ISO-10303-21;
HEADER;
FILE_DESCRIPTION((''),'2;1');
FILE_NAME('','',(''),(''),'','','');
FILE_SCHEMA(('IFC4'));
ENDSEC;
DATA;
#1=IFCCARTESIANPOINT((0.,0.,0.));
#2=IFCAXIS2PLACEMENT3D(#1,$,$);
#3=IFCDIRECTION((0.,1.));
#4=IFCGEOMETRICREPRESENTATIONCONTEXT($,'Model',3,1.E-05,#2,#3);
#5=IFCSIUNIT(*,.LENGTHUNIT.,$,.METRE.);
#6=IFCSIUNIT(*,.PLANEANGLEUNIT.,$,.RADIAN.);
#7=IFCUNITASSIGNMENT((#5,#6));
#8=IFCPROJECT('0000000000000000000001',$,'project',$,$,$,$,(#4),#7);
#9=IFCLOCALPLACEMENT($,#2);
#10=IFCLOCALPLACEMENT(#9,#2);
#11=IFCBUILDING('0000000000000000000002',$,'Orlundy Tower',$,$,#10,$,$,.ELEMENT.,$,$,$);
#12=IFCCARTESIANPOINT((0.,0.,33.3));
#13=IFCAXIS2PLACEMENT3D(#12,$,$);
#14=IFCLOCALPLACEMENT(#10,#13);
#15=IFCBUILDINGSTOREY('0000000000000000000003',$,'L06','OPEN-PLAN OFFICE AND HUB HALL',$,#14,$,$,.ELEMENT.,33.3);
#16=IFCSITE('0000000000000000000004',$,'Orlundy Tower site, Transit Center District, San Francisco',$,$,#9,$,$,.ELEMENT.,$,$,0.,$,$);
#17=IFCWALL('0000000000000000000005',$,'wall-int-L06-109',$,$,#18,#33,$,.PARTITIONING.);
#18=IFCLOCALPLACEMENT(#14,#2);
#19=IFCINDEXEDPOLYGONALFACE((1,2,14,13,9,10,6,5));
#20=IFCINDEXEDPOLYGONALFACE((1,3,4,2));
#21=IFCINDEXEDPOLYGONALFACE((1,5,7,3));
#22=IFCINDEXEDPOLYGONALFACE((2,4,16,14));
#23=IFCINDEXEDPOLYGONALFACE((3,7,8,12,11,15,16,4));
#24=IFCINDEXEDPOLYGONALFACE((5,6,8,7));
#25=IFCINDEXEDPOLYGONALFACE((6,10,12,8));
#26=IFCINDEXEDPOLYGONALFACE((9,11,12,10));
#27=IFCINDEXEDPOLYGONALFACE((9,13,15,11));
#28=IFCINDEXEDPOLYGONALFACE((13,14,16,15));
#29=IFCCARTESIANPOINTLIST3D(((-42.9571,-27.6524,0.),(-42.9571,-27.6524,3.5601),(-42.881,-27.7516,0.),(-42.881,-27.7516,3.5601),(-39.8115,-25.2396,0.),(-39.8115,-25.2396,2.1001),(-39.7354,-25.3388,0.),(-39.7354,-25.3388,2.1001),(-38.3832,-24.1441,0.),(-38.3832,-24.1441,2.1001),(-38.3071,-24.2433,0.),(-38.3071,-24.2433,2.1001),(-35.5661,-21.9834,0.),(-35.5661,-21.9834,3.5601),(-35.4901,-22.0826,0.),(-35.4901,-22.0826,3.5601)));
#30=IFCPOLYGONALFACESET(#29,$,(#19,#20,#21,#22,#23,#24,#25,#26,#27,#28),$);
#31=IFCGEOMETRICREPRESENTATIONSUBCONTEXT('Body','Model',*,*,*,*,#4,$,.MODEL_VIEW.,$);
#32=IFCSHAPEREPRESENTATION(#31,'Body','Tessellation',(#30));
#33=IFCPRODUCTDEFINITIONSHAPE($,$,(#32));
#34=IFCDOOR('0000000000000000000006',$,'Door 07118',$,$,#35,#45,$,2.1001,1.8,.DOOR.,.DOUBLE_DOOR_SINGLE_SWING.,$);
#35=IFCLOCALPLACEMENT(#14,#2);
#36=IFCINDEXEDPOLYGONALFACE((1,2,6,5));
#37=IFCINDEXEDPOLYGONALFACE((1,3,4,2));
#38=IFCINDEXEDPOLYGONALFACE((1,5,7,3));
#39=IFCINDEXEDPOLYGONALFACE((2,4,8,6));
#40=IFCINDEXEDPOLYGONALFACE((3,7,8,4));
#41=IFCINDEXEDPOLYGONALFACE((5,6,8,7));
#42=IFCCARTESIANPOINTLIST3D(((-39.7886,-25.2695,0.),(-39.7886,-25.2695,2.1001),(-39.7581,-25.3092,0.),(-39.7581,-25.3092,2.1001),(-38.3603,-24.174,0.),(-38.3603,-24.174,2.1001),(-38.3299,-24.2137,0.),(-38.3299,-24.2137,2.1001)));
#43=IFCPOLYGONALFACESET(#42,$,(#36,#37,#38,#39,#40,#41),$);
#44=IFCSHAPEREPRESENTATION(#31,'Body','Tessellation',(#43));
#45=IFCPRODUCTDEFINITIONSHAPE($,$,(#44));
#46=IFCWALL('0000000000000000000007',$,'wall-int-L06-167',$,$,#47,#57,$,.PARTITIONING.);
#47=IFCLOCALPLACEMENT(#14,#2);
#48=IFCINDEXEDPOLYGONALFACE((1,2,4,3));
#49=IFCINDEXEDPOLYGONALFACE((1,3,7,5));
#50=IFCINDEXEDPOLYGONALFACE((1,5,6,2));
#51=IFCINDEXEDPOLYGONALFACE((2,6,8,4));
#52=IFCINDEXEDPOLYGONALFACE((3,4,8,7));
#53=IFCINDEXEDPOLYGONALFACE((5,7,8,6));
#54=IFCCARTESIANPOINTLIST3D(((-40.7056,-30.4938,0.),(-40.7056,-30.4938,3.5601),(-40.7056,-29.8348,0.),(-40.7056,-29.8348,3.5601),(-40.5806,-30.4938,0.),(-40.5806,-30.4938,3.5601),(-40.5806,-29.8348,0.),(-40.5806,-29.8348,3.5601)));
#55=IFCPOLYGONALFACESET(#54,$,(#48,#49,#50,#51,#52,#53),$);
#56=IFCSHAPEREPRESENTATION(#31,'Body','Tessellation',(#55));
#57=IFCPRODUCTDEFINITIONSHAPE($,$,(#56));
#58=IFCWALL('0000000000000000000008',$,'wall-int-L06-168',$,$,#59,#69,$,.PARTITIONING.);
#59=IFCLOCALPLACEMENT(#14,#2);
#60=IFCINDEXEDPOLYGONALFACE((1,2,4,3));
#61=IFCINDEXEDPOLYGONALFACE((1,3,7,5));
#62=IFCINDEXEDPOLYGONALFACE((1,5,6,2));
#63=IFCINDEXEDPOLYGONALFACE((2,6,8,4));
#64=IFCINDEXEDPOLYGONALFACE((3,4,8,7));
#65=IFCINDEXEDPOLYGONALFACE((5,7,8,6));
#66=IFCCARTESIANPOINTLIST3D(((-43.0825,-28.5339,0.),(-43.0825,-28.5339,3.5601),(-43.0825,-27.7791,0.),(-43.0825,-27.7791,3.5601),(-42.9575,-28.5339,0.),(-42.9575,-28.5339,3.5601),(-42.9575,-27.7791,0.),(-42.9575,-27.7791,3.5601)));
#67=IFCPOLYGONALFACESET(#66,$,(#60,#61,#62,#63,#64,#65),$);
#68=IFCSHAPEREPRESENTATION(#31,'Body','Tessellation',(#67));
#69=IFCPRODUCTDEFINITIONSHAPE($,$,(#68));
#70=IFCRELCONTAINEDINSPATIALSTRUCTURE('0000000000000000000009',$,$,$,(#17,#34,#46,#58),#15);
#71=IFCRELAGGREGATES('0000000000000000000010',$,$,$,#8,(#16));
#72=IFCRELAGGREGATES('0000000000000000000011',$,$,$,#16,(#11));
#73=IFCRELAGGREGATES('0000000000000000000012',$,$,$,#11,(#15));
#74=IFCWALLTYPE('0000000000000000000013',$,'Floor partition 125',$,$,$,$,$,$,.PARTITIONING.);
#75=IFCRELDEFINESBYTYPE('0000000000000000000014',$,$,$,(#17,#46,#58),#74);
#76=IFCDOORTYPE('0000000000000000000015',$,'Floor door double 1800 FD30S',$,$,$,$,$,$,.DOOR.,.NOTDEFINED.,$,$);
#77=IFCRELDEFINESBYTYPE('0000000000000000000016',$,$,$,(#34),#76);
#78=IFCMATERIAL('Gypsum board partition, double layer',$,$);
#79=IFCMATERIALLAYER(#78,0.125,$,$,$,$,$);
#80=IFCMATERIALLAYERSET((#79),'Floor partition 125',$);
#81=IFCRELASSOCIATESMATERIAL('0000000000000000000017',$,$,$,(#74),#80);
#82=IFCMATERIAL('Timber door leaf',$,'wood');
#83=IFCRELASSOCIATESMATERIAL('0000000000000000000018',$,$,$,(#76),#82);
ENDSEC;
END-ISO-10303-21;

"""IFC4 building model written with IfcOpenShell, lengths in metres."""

from ifc_helpers import new_model, si_unit, direction, frame, frame_2d, origin, place, context, subcontext, project, spatial, rectangle, extrude, material, layer, layer_set, type_object, element, fill, save


model = new_model("IFC4")

# Units and contexts
model_context = context("Model", 3, precision=1e-05, world=origin(), true_north=direction((0.0, 1.0)))
body_context = subcontext(model_context, "Body", "Model", "MODEL_VIEW")
ifc_project = project(units=[si_unit("LENGTHUNIT", "METRE"), si_unit("PLANEANGLEUNIT", "RADIAN")], contexts=[model_context])

# Site, building, storey
site_placement = place(None, origin())
site = spatial("IfcSite", under=ifc_project, at=site_placement, Name="Orlundy Tower site, Transit Center District, San Francisco", CompositionType="ELEMENT", RefElevation=0.0)
building_placement = place(site_placement, origin())
building = spatial("IfcBuilding", under=site, at=building_placement, Name="Orlundy Tower", CompositionType="ELEMENT")
storey_placement = place(building_placement, frame((0.0, 0.0, 33.3)))
storey = spatial("IfcBuildingStorey", under=building, at=storey_placement, Name="L06", Description="OPEN-PLAN OFFICE AND HUB HALL", CompositionType="ELEMENT", Elevation=33.3)

# Shared definitions
ifc_material_1 = material(Name="Gypsum board partition, double layer")
ifc_layer_1 = layer(ifc_material_1, 0.125)
ifc_layer_set_1 = layer_set([ifc_layer_1], Name="Floor partition 125")
wall_type = type_object("IfcWallType", Name="Floor partition 125", PredefinedType="PARTITIONING", material=ifc_layer_set_1)

# Wall, opening, door
wall_1_placement = place(storey_placement, frame((-42.9189, -27.7019, 0.0), z_axis=(0.0, 0.0, 1.0), x_axis=(0.793471, 0.608608, 0.0)))
wall_1 = element("IfcWall", 1, at=wall_1_placement, inside=storey, type_object=wall_type, Name="wall-int-L06-109", PredefinedType="PARTITIONING", context=body_context, shape_type="SweptSolid", body=[
    extrude(rectangle(XDim=9.3147, YDim=0.125, at=frame_2d((4.6572, 0.0))), origin(), (0.0, 0.0, 1.0), 3.5601),
])
opening_placement = place(wall_1_placement, frame((3.9644, 0.0, 0.0)))
opening = element("IfcOpeningElement", 2, at=opening_placement, cuts=wall_1, PredefinedType="OPENING", context=body_context, shape_type="SweptSolid", body=[
    extrude(rectangle(XDim=1.8, YDim=2.1001, at=frame_2d((0.8999, 1.05))), frame((0.0, 0.0725, 0.0), z_axis=(0.0, -1.0, 0.0), x_axis=(1.0, 0.0, 0.0)), (0.0, 0.0, 1.0), 0.145),
])
ifc_material_2 = material(Name="Timber door leaf", Category="wood")
door_type = type_object("IfcDoorType", Name="Floor door double 1800 FD30S", OperationType="NOTDEFINED", PredefinedType="DOOR", material=ifc_material_2)
door_placement = place(opening_placement, origin())
door = element("IfcDoor", 3, at=door_placement, inside=storey, type_object=door_type, Name="Door 07118", OperationType="DOUBLE_DOOR_SINGLE_SWING", OverallHeight=2.1001, OverallWidth=1.8, PredefinedType="DOOR", context=body_context, shape_type="SweptSolid", body=[
    extrude(rectangle(XDim=1.8, YDim=2.1001, at=frame_2d((0.8999, 1.05))), frame((0.0, 0.0249, 0.0), z_axis=(0.0, -1.0, 0.0), x_axis=(1.0, 0.0, 0.0)), (0.0, 0.0, 1.0), 0.05),
])
fill(opening, door)

# Walls
wall_2_placement = place(storey_placement, frame((-40.6431, -30.4939, 0.0), z_axis=(0.0, 0.0, 1.0), x_axis=(0.0, 1.0, 0.0)))
element("IfcWall", 4, at=wall_2_placement, inside=storey, type_object=wall_type, Name="wall-int-L06-167", PredefinedType="PARTITIONING", context=body_context, shape_type="SweptSolid", body=[
    extrude(rectangle(XDim=0.6589, YDim=0.125, at=frame_2d((0.3296, 0.0))), origin(), (0.0, 0.0, 1.0), 3.5601),
])
wall_3_placement = place(storey_placement, frame((-43.02, -28.5339, 0.0), z_axis=(0.0, 0.0, 1.0), x_axis=(0.0, 1.0, 0.0)))
element("IfcWall", 5, at=wall_3_placement, inside=storey, type_object=wall_type, Name="wall-int-L06-168", PredefinedType="PARTITIONING", context=body_context, shape_type="SweptSolid", body=[
    extrude(rectangle(XDim=0.7549, YDim=0.125, at=frame_2d((0.3774, 0.0))), origin(), (0.0, 0.0, 1.0), 3.5601),
])

save(model, "model.ifc")
